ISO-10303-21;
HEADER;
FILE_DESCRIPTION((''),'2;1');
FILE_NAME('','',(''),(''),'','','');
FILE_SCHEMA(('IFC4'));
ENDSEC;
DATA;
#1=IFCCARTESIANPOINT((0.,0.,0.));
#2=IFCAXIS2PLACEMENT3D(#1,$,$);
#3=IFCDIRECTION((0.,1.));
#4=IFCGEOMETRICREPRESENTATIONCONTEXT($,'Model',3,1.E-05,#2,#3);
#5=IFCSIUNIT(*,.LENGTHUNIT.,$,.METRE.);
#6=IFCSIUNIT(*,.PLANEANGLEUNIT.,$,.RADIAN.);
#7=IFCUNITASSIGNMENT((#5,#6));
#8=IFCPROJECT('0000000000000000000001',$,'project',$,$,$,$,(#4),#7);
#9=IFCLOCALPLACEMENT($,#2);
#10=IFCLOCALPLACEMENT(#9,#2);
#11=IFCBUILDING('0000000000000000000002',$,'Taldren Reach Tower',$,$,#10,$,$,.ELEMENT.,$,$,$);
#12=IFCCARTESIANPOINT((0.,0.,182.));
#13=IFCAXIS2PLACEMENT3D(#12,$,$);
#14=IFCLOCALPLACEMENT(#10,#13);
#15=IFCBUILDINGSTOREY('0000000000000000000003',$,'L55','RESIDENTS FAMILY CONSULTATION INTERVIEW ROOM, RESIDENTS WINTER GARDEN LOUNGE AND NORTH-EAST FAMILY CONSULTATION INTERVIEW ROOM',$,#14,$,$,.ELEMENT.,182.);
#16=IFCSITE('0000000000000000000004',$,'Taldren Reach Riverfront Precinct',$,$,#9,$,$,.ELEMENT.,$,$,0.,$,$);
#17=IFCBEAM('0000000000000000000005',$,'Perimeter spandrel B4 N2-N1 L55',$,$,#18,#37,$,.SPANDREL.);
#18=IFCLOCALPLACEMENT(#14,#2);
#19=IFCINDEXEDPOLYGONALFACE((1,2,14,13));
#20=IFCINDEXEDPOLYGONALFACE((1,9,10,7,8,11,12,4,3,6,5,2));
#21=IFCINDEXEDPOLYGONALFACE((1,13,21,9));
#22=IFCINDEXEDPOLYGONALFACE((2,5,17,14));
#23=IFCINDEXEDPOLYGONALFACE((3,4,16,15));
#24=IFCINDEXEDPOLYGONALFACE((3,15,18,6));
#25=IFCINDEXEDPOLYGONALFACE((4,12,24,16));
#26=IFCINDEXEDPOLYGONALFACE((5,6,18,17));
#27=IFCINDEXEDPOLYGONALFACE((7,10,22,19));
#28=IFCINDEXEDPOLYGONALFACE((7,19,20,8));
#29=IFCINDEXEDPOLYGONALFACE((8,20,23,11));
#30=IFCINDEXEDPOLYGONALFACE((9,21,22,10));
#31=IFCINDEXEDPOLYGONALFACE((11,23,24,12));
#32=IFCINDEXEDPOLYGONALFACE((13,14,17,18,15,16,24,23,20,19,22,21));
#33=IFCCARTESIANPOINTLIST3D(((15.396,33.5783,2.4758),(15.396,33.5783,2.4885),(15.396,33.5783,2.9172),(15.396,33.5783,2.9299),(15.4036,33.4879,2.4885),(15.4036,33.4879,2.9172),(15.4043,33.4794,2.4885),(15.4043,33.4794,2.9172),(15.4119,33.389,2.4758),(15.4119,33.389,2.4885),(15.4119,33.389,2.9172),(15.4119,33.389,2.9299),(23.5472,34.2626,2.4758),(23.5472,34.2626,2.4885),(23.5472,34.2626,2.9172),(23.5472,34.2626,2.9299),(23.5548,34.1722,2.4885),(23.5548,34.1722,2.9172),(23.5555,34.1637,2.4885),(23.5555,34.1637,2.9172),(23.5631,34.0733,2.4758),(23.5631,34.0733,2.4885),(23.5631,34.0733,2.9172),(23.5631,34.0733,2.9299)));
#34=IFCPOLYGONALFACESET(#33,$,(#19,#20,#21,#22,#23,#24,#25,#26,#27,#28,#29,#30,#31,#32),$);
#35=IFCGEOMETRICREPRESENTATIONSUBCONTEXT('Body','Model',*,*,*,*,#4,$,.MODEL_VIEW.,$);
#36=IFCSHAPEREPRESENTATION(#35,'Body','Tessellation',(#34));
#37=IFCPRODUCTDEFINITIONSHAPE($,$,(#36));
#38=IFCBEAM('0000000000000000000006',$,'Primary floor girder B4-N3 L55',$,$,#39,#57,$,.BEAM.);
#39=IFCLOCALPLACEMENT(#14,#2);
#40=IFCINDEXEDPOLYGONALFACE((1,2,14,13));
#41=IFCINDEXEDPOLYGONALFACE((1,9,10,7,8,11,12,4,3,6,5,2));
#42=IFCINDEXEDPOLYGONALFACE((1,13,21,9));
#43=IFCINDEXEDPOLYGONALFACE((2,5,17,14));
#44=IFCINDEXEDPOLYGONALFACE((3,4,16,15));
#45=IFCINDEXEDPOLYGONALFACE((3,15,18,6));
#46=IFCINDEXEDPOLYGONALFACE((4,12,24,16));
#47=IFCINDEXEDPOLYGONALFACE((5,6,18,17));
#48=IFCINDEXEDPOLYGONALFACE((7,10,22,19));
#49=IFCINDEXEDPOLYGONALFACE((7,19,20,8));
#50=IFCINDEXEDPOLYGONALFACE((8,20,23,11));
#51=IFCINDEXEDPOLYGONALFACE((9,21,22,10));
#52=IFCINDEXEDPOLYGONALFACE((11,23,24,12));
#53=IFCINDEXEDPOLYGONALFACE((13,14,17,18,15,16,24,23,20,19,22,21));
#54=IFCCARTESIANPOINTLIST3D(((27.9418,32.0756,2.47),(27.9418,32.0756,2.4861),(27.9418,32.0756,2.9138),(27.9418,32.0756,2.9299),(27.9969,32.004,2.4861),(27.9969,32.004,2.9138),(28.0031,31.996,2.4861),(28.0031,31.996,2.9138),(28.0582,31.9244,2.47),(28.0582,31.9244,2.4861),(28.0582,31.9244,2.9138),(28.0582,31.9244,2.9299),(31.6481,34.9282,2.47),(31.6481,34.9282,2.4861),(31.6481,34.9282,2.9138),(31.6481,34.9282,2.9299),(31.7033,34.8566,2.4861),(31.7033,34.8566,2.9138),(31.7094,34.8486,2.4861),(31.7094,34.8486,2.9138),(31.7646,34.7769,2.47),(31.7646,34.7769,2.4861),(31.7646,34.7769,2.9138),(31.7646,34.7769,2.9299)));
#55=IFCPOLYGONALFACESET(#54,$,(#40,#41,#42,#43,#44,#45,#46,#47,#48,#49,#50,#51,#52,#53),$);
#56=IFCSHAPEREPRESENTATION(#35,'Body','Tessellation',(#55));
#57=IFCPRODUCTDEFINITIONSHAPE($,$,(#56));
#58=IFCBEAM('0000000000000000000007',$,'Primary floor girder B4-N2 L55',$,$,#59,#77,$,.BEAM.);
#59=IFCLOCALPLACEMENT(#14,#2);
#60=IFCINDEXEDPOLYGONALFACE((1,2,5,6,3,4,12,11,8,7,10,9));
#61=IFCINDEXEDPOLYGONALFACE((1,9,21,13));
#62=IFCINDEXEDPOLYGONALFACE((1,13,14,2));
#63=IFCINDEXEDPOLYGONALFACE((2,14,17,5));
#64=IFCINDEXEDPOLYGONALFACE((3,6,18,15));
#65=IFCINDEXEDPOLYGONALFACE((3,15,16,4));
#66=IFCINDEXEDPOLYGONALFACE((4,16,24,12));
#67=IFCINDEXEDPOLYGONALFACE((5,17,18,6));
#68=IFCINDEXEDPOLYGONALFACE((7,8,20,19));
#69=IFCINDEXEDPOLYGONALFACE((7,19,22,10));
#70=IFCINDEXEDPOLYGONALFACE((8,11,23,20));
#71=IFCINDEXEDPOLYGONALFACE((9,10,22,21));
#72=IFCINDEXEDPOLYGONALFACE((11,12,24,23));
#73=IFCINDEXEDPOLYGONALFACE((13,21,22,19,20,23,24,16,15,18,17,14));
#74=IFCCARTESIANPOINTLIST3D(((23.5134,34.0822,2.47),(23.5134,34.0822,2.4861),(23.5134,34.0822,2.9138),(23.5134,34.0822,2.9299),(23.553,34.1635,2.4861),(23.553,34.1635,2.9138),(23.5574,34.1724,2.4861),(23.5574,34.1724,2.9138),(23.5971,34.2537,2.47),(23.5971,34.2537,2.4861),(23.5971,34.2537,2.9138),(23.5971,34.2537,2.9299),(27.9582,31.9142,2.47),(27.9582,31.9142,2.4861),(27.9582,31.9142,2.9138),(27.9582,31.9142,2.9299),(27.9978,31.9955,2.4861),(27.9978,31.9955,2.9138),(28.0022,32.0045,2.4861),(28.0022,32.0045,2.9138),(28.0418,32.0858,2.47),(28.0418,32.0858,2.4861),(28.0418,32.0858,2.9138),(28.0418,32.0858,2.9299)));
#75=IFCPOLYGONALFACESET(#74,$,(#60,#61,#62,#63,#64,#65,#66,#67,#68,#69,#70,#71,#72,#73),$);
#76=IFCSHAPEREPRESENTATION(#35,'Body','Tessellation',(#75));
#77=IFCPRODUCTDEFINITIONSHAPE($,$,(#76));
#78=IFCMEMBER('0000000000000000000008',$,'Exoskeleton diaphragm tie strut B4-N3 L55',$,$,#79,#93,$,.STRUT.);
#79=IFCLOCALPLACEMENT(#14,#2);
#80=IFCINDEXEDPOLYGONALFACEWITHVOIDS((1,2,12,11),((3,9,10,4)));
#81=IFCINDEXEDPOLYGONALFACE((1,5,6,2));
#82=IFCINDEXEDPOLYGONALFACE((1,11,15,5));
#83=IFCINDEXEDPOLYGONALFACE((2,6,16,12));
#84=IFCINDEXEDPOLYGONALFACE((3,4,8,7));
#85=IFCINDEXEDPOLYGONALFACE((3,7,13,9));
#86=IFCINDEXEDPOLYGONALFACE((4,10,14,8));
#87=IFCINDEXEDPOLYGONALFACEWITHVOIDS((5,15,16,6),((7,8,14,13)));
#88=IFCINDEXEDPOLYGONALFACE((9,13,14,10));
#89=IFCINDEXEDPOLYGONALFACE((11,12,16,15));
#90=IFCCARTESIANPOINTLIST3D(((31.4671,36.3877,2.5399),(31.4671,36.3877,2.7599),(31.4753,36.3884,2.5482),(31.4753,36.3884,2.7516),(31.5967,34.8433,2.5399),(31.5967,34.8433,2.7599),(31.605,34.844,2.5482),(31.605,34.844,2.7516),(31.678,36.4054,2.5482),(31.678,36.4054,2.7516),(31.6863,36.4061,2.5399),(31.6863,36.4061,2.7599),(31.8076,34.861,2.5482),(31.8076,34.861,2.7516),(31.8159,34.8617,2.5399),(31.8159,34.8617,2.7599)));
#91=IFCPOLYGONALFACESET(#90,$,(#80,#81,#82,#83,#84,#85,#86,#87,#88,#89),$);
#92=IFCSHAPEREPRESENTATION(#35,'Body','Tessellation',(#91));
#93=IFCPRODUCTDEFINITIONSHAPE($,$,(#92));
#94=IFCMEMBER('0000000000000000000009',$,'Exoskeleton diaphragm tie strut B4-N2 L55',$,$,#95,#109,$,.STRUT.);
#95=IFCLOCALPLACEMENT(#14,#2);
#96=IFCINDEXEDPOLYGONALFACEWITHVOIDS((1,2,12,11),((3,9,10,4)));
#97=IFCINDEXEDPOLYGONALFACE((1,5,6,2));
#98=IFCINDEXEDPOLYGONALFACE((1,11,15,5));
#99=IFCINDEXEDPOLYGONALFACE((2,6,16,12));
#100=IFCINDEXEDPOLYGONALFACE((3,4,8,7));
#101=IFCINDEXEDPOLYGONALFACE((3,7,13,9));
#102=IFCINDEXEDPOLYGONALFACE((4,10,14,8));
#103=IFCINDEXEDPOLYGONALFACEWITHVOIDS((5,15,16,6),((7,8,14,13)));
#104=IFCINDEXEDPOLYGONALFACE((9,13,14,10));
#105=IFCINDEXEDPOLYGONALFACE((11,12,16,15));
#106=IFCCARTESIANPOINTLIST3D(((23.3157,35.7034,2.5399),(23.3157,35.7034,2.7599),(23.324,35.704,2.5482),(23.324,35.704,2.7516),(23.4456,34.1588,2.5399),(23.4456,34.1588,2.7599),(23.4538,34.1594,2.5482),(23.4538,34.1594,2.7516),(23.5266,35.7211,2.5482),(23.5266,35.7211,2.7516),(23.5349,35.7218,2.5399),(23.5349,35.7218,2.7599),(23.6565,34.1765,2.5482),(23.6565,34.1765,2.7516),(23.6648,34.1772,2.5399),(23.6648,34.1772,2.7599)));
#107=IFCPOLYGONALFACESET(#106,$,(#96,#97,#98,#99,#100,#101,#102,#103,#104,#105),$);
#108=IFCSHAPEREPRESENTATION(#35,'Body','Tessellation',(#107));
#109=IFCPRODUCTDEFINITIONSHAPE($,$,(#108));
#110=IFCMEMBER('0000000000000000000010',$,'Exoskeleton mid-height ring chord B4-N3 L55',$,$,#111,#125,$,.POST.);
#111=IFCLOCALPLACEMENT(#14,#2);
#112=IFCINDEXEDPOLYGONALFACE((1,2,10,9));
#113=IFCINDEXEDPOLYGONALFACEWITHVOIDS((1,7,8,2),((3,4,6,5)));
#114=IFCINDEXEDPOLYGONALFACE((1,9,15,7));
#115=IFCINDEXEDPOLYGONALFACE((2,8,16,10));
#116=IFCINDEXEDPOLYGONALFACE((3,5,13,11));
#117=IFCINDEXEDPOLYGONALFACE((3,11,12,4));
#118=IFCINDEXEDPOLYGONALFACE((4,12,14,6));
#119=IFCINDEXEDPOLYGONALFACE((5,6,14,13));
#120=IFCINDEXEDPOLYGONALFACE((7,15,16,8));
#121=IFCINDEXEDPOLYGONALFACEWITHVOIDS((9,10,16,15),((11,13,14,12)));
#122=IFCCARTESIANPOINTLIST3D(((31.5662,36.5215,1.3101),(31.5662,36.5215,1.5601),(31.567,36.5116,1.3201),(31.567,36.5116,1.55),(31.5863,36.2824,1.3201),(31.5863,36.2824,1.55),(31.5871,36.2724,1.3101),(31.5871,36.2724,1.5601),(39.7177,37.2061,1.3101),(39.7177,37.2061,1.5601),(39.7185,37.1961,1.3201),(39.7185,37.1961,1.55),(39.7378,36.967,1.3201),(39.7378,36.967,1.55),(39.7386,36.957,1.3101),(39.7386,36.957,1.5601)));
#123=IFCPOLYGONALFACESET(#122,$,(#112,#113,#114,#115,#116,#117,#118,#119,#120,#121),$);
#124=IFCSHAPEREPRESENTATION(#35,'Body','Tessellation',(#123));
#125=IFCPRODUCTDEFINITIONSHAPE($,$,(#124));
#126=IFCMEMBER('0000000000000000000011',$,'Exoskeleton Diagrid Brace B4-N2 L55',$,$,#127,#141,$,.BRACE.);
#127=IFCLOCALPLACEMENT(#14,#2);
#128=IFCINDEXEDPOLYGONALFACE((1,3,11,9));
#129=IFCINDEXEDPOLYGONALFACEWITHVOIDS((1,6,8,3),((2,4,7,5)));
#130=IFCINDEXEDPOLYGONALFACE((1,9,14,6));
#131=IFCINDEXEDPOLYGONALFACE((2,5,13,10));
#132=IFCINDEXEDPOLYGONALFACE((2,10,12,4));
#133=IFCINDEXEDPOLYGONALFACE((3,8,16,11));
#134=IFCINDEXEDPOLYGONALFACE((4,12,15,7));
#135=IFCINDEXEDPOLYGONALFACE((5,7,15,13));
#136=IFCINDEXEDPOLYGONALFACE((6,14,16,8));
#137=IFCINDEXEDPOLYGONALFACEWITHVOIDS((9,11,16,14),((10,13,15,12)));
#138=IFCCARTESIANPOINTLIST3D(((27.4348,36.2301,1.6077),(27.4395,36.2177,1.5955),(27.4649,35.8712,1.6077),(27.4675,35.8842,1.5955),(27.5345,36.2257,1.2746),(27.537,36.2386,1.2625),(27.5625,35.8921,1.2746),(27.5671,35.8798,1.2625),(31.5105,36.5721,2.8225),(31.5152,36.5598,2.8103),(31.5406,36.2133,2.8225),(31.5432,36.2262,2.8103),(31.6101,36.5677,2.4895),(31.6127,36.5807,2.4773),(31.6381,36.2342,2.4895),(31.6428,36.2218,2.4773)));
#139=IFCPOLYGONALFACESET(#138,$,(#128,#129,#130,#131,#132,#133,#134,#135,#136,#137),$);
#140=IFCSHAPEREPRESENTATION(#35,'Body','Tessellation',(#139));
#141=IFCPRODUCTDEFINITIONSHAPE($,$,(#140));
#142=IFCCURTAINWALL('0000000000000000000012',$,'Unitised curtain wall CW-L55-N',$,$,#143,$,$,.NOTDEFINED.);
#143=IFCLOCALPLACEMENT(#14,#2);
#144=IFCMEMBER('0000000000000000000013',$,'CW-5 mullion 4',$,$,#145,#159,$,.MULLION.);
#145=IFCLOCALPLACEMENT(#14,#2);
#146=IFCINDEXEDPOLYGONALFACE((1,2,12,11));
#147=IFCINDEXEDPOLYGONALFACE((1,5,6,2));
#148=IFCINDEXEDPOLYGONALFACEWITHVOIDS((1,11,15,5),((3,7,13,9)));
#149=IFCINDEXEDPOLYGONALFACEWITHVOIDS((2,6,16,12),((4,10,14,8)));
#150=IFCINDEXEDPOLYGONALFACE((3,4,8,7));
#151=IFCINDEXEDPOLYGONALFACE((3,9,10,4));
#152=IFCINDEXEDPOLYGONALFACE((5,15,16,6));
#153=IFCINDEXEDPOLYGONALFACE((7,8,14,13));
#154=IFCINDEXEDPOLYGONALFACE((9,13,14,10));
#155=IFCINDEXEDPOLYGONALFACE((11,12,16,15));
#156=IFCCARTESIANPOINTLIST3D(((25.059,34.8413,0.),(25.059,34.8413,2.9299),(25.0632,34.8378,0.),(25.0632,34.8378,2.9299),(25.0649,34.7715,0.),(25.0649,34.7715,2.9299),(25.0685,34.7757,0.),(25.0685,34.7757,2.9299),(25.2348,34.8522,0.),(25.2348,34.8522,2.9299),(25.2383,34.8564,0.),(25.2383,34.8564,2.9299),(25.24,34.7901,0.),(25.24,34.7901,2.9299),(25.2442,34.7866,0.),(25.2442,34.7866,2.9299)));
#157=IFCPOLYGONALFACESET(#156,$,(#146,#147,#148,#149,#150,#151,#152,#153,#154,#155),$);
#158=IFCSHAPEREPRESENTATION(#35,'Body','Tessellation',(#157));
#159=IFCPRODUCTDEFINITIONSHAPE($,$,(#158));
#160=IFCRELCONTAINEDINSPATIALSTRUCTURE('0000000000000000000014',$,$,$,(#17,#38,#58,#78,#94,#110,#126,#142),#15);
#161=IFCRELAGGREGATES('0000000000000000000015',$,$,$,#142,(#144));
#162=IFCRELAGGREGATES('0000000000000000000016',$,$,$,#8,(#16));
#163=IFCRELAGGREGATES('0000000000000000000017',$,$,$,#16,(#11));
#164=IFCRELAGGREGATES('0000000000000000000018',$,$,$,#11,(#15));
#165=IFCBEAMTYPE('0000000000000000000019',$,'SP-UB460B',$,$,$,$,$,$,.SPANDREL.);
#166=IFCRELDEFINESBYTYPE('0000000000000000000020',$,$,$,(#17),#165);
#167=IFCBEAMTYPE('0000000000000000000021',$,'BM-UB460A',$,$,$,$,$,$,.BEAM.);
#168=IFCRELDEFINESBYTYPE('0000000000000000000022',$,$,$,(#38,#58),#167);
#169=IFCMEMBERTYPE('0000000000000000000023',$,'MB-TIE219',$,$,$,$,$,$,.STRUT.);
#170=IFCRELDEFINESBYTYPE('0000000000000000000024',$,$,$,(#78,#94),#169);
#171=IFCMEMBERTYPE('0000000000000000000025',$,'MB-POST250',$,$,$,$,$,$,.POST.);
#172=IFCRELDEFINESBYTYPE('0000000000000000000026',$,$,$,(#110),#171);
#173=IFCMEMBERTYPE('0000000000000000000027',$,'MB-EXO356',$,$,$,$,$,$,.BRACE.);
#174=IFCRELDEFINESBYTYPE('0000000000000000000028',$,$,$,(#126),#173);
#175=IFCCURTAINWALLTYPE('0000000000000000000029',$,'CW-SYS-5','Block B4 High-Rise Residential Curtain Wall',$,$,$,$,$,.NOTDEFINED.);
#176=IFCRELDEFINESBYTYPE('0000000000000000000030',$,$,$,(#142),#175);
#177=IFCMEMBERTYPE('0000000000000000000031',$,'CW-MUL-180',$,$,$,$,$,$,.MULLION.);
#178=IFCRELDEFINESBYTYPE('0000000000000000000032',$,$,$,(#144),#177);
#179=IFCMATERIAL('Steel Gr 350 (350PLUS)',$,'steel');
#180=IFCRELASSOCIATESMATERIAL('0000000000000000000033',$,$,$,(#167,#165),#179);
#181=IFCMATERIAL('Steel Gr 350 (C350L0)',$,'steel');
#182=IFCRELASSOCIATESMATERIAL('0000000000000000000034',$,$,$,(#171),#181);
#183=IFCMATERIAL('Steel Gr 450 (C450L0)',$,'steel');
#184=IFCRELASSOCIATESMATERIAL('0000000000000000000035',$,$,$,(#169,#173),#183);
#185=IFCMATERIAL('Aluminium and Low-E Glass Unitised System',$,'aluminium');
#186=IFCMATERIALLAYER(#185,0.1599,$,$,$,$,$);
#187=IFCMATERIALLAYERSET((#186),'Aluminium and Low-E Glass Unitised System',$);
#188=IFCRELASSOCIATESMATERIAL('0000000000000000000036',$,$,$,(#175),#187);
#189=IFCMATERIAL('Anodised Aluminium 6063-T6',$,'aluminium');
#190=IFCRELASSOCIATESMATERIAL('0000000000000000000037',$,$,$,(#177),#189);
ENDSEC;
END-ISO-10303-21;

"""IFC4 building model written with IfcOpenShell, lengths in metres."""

from ifc_helpers import new_model, si_unit, direction, frame, origin, origin_2d, place, context, subcontext, project, spatial, hollow_rectangle, i_section, extrude, source, transform, mapped, material, layer, layer_set, material_profile, profile_set, type_object, element, aggregate, save


model = new_model("IFC4")

# Units and contexts
model_context = context("Model", 3, precision=1e-05, world=origin(), true_north=direction((0.0, 1.0)))
body_context = subcontext(model_context, "Body", "Model", "MODEL_VIEW")
ifc_project = project(units=[si_unit("LENGTHUNIT", "METRE"), si_unit("PLANEANGLEUNIT", "RADIAN")], contexts=[model_context])

# Site, building, storey
site_placement = place(None, origin())
site = spatial("IfcSite", under=ifc_project, at=site_placement, Name="Taldren Reach Riverfront Precinct", CompositionType="ELEMENT", RefElevation=0.0)
building_placement = place(site_placement, origin())
building = spatial("IfcBuilding", under=site, at=building_placement, Name="Taldren Reach Tower", CompositionType="ELEMENT")
storey_placement = place(building_placement, frame((0.0, 0.0, 182.0)))
storey = spatial("IfcBuildingStorey", under=building, at=storey_placement, Name="L55", Description="RESIDENTS FAMILY CONSULTATION INTERVIEW ROOM, RESIDENTS WINTER GARDEN LOUNGE AND NORTH-EAST FAMILY CONSULTATION INTERVIEW ROOM", CompositionType="ELEMENT", Elevation=182.0)

# Shared definitions
ifc_material_1 = material(Name="Steel Gr 450 (C450L0)", Category="steel")
ifc_material_2 = material(Name="Steel Gr 350 (350PLUS)", Category="steel")

# Shared definitions
ifc_material_profile_1 = material_profile(ifc_material_2, i_section(OverallWidth=0.1909, OverallDepth=0.46, WebThickness=0.01, FlangeThickness=0.0161, at=origin_2d()), Name="460UB82.1")
ifc_profile_set_1 = profile_set([ifc_material_profile_1], Name="Steel Gr 350 (350PLUS)")
beam_type_1 = type_object("IfcBeamType", Name="BM-UB460A", PredefinedType="BEAM", material=ifc_profile_set_1)

# Shared definitions
ifc_material_3 = material(Name="Steel Gr 350 (C350L0)", Category="steel")
ifc_material_profile_2 = material_profile(ifc_material_3, hollow_rectangle(XDim=0.25, YDim=0.25, WallThickness=0.01, at=origin_2d()), Name="250x250x10.0SHS")
ifc_profile_set_2 = profile_set([ifc_material_profile_2], Name="Steel Gr 350 (C350L0)")
member_type_1 = type_object("IfcMemberType", Name="MB-POST250", PredefinedType="POST", material=ifc_profile_set_2)

# Beams
ifc_material_profile_3 = material_profile(ifc_material_2, i_section(OverallWidth=0.1899, OverallDepth=0.4541, WebThickness=0.0085, FlangeThickness=0.0127, at=origin_2d()), Name="460UB67.1")
ifc_profile_set_3 = profile_set([ifc_material_profile_3], Name="Steel Gr 350 (350PLUS)")
beam_type_2 = type_object("IfcBeamType", Name="SP-UB460B", PredefinedType="SPANDREL", material=ifc_profile_set_3)
shared_shape_1 = source(origin(), body_context, "Body", "SweptSolid", [
    extrude(i_section(OverallWidth=0.1899, OverallDepth=0.4541, WebThickness=0.0085, FlangeThickness=0.0127, at=origin_2d()), origin(), (0.0, 0.0, 1.0), 8.1799),
])
for number, where, z_axis, x_axis, name in (
    (1, (23.5552, 34.168, 2.7029), (-0.996495, -0.083658, 0.0), (0.083658, -0.996495, 0.0), "Perimeter spandrel B4 N2-N1 L55"),
):
    element("IfcBeam", number, at=place(storey_placement, frame(where, z_axis=z_axis, x_axis=x_axis)), inside=storey, type_object=beam_type_2, Name=name, PredefinedType="SPANDREL", context=body_context, shape_type="MappedRepresentation", body=[
        mapped(shared_shape_1, transform((0.0, 0.0, 0.0), scale=1.0)),
    ])
shared_shape_2 = source(origin(), body_context, "Body", "SweptSolid", [
    extrude(i_section(OverallWidth=0.1909, OverallDepth=0.46, WebThickness=0.01, FlangeThickness=0.0161, at=origin_2d()), origin(), (0.0, 0.0, 1.0), 4.677),
])
beam_1_placement = place(storey_placement, frame((28.0, 32.0, 2.7), z_axis=(0.792465, 0.609918, 0.0), x_axis=(-0.609918, 0.792465, 0.0)))
element("IfcBeam", 2, at=beam_1_placement, inside=storey, type_object=beam_type_1, Name="Primary floor girder B4-N3 L55", PredefinedType="BEAM", context=body_context, shape_type="MappedRepresentation", body=[
    mapped(shared_shape_2, transform((0.0, 0.0, 0.0), scale=1.0)),
])
shared_shape_3 = source(origin(), body_context, "Body", "SweptSolid", [
    extrude(i_section(OverallWidth=0.1909, OverallDepth=0.46, WebThickness=0.01, FlangeThickness=0.0161, at=origin_2d()), origin(), (0.0, 0.0, 1.0), 4.9453),
])
beam_2_placement = place(storey_placement, frame((28.0, 32.0, 2.7), z_axis=(-0.898787, 0.438385, 0.0), x_axis=(-0.438385, -0.898787, 0.0)))
element("IfcBeam", 3, at=beam_2_placement, inside=storey, type_object=beam_type_1, Name="Primary floor girder B4-N2 L55", PredefinedType="BEAM", context=body_context, shape_type="MappedRepresentation", body=[
    mapped(shared_shape_3, transform((0.0, 0.0, 0.0), scale=1.0)),
])

# Members
ifc_material_profile_4 = material_profile(ifc_material_1, hollow_rectangle(XDim=0.22, YDim=0.22, WallThickness=0.0083, at=origin_2d()), Name="220x220x8.2SHS")
ifc_profile_set_4 = profile_set([ifc_material_profile_4], Name="Steel Gr 450 (C450L0)")
member_type_2 = type_object("IfcMemberType", Name="MB-TIE219", PredefinedType="STRUT", material=ifc_profile_set_4)
shared_shape_4 = source(origin(), body_context, "Body", "SweptSolid", [
    extrude(hollow_rectangle(XDim=0.22, YDim=0.22, WallThickness=0.0083, at=origin_2d()), origin(), (0.0, 0.0, 1.0), 1.5498),
])
member_1_placement = place(storey_placement, frame((31.7063, 34.8525, 2.6499), z_axis=(-0.083645, 0.996496, 0.0), x_axis=(-0.996496, -0.083645, 0.0)))
element("IfcMember", 4, at=member_1_placement, inside=storey, type_object=member_type_2, Name="Exoskeleton diaphragm tie strut B4-N3 L55", PredefinedType="STRUT", context=body_context, shape_type="MappedRepresentation", body=[
    mapped(shared_shape_4, transform((0.0, 0.0, 0.0), scale=1.0)),
])
shared_shape_5 = source(origin(), body_context, "Body", "SweptSolid", [
    extrude(hollow_rectangle(XDim=0.22, YDim=0.22, WallThickness=0.0083, at=origin_2d()), origin(), (0.0, 0.0, 1.0), 1.55),
])
member_2_placement = place(storey_placement, frame((23.5552, 34.168, 2.6499), z_axis=(-0.083788, 0.996484, 0.0), x_axis=(-0.996484, -0.083788, 0.0)))
element("IfcMember", 5, at=member_2_placement, inside=storey, type_object=member_type_2, Name="Exoskeleton diaphragm tie strut B4-N2 L55", PredefinedType="STRUT", context=body_context, shape_type="MappedRepresentation", body=[
    mapped(shared_shape_5, transform((0.0, 0.0, 0.0), scale=1.0)),
])
shared_shape_6 = source(origin(), body_context, "Body", "SweptSolid", [
    extrude(hollow_rectangle(XDim=0.25, YDim=0.25, WallThickness=0.01, at=origin_2d()), origin(), (0.0, 0.0, 1.0), 8.1802),
])
member_3_placement = place(storey_placement, frame((31.5767, 36.397, 1.4351), z_axis=(0.996492, 0.083688, 0.0), x_axis=(-0.083688, 0.996492, 0.0)))
element("IfcMember", 6, at=member_3_placement, inside=storey, type_object=member_type_1, Name="Exoskeleton mid-height ring chord B4-N3 L55", PredefinedType="POST", context=body_context, shape_type="MappedRepresentation", body=[
    mapped(shared_shape_6, transform((0.0, 0.0, 0.0), scale=1.0)),
])
ifc_material_profile_5 = material_profile(ifc_material_1, hollow_rectangle(XDim=0.3601, YDim=0.3601, WallThickness=0.0127, at=origin_2d()), Name="360x360x12.7SHS")
ifc_profile_set_5 = profile_set([ifc_material_profile_5], Name="Steel Gr 450 (C450L0)")
member_type_3 = type_object("IfcMemberType", Name="MB-EXO356", PredefinedType="BRACE", material=ifc_profile_set_5)
shared_shape_7 = source(origin(), body_context, "Body", "SweptSolid", [
    extrude(hollow_rectangle(XDim=0.3601, YDim=0.3601, WallThickness=0.0127, at=origin_2d()), origin(), (0.0, 0.0, 1.0), 4.2666),
])
member_4_placement = place(storey_placement, frame((27.501, 36.0549, 1.4351), z_axis=(0.955249, 0.080167, 0.284732), x_axis=(-0.083628, 0.996497, 0.0)))
element("IfcMember", 7, at=member_4_placement, inside=storey, type_object=member_type_3, Name="Exoskeleton Diagrid Brace B4-N2 L55", PredefinedType="BRACE", context=body_context, shape_type="MappedRepresentation", body=[
    mapped(shared_shape_7, transform((0.0, 0.0, 0.0), scale=1.0)),
])

# Curtain wall, member
ifc_material_4 = material(Name="Aluminium and Low-E Glass Unitised System", Category="aluminium")
ifc_layer_1 = layer(ifc_material_4, 0.1599)
ifc_layer_set_1 = layer_set([ifc_layer_1], Name="Aluminium and Low-E Glass Unitised System")
curtain_wall_type = type_object("IfcCurtainWallType", Name="CW-SYS-5", Description="Block B4 High-Rise Residential Curtain Wall", PredefinedType="NOTDEFINED", material=ifc_layer_set_1)
curtain_wall_placement = place(storey_placement, origin())
curtain_wall = element("IfcCurtainWall", 8, at=curtain_wall_placement, inside=storey, type_object=curtain_wall_type, Name="Unitised curtain wall CW-L55-N", PredefinedType="NOTDEFINED")
ifc_material_5 = material(Name="Anodised Aluminium 6063-T6", Category="aluminium")
ifc_material_profile_6 = material_profile(ifc_material_5, hollow_rectangle(XDim=0.0701, YDim=0.1799, WallThickness=0.0039, at=origin_2d()), Name="ALU-180x70x4RHS")
ifc_profile_set_6 = profile_set([ifc_material_profile_6], Name="Anodised Aluminium 6063-T6")
member_type_4 = type_object("IfcMemberType", Name="CW-MUL-180", PredefinedType="MULLION", material=ifc_profile_set_6)
shared_shape_8 = source(origin(), body_context, "Body", "SweptSolid", [
    extrude(hollow_rectangle(XDim=0.0701, YDim=0.1799, WallThickness=0.0039, at=origin_2d()), origin(), (0.0, 0.0, 1.0), 2.9299),
])
member_5_placement = place(storey_placement, frame((25.1516, 34.814, 0.0), z_axis=(0.0, 0.0, 1.0), x_axis=(0.083678, -0.996493, 0.0)))
member_5 = element("IfcMember", 9, at=member_5_placement, type_object=member_type_4, Name="CW-5 mullion 4", PredefinedType="MULLION", context=body_context, shape_type="MappedRepresentation", body=[
    mapped(shared_shape_8, transform((0.0, 0.0, 0.0), scale=1.0)),
])

aggregate(curtain_wall, [member_5])

save(model, "model.ifc")
